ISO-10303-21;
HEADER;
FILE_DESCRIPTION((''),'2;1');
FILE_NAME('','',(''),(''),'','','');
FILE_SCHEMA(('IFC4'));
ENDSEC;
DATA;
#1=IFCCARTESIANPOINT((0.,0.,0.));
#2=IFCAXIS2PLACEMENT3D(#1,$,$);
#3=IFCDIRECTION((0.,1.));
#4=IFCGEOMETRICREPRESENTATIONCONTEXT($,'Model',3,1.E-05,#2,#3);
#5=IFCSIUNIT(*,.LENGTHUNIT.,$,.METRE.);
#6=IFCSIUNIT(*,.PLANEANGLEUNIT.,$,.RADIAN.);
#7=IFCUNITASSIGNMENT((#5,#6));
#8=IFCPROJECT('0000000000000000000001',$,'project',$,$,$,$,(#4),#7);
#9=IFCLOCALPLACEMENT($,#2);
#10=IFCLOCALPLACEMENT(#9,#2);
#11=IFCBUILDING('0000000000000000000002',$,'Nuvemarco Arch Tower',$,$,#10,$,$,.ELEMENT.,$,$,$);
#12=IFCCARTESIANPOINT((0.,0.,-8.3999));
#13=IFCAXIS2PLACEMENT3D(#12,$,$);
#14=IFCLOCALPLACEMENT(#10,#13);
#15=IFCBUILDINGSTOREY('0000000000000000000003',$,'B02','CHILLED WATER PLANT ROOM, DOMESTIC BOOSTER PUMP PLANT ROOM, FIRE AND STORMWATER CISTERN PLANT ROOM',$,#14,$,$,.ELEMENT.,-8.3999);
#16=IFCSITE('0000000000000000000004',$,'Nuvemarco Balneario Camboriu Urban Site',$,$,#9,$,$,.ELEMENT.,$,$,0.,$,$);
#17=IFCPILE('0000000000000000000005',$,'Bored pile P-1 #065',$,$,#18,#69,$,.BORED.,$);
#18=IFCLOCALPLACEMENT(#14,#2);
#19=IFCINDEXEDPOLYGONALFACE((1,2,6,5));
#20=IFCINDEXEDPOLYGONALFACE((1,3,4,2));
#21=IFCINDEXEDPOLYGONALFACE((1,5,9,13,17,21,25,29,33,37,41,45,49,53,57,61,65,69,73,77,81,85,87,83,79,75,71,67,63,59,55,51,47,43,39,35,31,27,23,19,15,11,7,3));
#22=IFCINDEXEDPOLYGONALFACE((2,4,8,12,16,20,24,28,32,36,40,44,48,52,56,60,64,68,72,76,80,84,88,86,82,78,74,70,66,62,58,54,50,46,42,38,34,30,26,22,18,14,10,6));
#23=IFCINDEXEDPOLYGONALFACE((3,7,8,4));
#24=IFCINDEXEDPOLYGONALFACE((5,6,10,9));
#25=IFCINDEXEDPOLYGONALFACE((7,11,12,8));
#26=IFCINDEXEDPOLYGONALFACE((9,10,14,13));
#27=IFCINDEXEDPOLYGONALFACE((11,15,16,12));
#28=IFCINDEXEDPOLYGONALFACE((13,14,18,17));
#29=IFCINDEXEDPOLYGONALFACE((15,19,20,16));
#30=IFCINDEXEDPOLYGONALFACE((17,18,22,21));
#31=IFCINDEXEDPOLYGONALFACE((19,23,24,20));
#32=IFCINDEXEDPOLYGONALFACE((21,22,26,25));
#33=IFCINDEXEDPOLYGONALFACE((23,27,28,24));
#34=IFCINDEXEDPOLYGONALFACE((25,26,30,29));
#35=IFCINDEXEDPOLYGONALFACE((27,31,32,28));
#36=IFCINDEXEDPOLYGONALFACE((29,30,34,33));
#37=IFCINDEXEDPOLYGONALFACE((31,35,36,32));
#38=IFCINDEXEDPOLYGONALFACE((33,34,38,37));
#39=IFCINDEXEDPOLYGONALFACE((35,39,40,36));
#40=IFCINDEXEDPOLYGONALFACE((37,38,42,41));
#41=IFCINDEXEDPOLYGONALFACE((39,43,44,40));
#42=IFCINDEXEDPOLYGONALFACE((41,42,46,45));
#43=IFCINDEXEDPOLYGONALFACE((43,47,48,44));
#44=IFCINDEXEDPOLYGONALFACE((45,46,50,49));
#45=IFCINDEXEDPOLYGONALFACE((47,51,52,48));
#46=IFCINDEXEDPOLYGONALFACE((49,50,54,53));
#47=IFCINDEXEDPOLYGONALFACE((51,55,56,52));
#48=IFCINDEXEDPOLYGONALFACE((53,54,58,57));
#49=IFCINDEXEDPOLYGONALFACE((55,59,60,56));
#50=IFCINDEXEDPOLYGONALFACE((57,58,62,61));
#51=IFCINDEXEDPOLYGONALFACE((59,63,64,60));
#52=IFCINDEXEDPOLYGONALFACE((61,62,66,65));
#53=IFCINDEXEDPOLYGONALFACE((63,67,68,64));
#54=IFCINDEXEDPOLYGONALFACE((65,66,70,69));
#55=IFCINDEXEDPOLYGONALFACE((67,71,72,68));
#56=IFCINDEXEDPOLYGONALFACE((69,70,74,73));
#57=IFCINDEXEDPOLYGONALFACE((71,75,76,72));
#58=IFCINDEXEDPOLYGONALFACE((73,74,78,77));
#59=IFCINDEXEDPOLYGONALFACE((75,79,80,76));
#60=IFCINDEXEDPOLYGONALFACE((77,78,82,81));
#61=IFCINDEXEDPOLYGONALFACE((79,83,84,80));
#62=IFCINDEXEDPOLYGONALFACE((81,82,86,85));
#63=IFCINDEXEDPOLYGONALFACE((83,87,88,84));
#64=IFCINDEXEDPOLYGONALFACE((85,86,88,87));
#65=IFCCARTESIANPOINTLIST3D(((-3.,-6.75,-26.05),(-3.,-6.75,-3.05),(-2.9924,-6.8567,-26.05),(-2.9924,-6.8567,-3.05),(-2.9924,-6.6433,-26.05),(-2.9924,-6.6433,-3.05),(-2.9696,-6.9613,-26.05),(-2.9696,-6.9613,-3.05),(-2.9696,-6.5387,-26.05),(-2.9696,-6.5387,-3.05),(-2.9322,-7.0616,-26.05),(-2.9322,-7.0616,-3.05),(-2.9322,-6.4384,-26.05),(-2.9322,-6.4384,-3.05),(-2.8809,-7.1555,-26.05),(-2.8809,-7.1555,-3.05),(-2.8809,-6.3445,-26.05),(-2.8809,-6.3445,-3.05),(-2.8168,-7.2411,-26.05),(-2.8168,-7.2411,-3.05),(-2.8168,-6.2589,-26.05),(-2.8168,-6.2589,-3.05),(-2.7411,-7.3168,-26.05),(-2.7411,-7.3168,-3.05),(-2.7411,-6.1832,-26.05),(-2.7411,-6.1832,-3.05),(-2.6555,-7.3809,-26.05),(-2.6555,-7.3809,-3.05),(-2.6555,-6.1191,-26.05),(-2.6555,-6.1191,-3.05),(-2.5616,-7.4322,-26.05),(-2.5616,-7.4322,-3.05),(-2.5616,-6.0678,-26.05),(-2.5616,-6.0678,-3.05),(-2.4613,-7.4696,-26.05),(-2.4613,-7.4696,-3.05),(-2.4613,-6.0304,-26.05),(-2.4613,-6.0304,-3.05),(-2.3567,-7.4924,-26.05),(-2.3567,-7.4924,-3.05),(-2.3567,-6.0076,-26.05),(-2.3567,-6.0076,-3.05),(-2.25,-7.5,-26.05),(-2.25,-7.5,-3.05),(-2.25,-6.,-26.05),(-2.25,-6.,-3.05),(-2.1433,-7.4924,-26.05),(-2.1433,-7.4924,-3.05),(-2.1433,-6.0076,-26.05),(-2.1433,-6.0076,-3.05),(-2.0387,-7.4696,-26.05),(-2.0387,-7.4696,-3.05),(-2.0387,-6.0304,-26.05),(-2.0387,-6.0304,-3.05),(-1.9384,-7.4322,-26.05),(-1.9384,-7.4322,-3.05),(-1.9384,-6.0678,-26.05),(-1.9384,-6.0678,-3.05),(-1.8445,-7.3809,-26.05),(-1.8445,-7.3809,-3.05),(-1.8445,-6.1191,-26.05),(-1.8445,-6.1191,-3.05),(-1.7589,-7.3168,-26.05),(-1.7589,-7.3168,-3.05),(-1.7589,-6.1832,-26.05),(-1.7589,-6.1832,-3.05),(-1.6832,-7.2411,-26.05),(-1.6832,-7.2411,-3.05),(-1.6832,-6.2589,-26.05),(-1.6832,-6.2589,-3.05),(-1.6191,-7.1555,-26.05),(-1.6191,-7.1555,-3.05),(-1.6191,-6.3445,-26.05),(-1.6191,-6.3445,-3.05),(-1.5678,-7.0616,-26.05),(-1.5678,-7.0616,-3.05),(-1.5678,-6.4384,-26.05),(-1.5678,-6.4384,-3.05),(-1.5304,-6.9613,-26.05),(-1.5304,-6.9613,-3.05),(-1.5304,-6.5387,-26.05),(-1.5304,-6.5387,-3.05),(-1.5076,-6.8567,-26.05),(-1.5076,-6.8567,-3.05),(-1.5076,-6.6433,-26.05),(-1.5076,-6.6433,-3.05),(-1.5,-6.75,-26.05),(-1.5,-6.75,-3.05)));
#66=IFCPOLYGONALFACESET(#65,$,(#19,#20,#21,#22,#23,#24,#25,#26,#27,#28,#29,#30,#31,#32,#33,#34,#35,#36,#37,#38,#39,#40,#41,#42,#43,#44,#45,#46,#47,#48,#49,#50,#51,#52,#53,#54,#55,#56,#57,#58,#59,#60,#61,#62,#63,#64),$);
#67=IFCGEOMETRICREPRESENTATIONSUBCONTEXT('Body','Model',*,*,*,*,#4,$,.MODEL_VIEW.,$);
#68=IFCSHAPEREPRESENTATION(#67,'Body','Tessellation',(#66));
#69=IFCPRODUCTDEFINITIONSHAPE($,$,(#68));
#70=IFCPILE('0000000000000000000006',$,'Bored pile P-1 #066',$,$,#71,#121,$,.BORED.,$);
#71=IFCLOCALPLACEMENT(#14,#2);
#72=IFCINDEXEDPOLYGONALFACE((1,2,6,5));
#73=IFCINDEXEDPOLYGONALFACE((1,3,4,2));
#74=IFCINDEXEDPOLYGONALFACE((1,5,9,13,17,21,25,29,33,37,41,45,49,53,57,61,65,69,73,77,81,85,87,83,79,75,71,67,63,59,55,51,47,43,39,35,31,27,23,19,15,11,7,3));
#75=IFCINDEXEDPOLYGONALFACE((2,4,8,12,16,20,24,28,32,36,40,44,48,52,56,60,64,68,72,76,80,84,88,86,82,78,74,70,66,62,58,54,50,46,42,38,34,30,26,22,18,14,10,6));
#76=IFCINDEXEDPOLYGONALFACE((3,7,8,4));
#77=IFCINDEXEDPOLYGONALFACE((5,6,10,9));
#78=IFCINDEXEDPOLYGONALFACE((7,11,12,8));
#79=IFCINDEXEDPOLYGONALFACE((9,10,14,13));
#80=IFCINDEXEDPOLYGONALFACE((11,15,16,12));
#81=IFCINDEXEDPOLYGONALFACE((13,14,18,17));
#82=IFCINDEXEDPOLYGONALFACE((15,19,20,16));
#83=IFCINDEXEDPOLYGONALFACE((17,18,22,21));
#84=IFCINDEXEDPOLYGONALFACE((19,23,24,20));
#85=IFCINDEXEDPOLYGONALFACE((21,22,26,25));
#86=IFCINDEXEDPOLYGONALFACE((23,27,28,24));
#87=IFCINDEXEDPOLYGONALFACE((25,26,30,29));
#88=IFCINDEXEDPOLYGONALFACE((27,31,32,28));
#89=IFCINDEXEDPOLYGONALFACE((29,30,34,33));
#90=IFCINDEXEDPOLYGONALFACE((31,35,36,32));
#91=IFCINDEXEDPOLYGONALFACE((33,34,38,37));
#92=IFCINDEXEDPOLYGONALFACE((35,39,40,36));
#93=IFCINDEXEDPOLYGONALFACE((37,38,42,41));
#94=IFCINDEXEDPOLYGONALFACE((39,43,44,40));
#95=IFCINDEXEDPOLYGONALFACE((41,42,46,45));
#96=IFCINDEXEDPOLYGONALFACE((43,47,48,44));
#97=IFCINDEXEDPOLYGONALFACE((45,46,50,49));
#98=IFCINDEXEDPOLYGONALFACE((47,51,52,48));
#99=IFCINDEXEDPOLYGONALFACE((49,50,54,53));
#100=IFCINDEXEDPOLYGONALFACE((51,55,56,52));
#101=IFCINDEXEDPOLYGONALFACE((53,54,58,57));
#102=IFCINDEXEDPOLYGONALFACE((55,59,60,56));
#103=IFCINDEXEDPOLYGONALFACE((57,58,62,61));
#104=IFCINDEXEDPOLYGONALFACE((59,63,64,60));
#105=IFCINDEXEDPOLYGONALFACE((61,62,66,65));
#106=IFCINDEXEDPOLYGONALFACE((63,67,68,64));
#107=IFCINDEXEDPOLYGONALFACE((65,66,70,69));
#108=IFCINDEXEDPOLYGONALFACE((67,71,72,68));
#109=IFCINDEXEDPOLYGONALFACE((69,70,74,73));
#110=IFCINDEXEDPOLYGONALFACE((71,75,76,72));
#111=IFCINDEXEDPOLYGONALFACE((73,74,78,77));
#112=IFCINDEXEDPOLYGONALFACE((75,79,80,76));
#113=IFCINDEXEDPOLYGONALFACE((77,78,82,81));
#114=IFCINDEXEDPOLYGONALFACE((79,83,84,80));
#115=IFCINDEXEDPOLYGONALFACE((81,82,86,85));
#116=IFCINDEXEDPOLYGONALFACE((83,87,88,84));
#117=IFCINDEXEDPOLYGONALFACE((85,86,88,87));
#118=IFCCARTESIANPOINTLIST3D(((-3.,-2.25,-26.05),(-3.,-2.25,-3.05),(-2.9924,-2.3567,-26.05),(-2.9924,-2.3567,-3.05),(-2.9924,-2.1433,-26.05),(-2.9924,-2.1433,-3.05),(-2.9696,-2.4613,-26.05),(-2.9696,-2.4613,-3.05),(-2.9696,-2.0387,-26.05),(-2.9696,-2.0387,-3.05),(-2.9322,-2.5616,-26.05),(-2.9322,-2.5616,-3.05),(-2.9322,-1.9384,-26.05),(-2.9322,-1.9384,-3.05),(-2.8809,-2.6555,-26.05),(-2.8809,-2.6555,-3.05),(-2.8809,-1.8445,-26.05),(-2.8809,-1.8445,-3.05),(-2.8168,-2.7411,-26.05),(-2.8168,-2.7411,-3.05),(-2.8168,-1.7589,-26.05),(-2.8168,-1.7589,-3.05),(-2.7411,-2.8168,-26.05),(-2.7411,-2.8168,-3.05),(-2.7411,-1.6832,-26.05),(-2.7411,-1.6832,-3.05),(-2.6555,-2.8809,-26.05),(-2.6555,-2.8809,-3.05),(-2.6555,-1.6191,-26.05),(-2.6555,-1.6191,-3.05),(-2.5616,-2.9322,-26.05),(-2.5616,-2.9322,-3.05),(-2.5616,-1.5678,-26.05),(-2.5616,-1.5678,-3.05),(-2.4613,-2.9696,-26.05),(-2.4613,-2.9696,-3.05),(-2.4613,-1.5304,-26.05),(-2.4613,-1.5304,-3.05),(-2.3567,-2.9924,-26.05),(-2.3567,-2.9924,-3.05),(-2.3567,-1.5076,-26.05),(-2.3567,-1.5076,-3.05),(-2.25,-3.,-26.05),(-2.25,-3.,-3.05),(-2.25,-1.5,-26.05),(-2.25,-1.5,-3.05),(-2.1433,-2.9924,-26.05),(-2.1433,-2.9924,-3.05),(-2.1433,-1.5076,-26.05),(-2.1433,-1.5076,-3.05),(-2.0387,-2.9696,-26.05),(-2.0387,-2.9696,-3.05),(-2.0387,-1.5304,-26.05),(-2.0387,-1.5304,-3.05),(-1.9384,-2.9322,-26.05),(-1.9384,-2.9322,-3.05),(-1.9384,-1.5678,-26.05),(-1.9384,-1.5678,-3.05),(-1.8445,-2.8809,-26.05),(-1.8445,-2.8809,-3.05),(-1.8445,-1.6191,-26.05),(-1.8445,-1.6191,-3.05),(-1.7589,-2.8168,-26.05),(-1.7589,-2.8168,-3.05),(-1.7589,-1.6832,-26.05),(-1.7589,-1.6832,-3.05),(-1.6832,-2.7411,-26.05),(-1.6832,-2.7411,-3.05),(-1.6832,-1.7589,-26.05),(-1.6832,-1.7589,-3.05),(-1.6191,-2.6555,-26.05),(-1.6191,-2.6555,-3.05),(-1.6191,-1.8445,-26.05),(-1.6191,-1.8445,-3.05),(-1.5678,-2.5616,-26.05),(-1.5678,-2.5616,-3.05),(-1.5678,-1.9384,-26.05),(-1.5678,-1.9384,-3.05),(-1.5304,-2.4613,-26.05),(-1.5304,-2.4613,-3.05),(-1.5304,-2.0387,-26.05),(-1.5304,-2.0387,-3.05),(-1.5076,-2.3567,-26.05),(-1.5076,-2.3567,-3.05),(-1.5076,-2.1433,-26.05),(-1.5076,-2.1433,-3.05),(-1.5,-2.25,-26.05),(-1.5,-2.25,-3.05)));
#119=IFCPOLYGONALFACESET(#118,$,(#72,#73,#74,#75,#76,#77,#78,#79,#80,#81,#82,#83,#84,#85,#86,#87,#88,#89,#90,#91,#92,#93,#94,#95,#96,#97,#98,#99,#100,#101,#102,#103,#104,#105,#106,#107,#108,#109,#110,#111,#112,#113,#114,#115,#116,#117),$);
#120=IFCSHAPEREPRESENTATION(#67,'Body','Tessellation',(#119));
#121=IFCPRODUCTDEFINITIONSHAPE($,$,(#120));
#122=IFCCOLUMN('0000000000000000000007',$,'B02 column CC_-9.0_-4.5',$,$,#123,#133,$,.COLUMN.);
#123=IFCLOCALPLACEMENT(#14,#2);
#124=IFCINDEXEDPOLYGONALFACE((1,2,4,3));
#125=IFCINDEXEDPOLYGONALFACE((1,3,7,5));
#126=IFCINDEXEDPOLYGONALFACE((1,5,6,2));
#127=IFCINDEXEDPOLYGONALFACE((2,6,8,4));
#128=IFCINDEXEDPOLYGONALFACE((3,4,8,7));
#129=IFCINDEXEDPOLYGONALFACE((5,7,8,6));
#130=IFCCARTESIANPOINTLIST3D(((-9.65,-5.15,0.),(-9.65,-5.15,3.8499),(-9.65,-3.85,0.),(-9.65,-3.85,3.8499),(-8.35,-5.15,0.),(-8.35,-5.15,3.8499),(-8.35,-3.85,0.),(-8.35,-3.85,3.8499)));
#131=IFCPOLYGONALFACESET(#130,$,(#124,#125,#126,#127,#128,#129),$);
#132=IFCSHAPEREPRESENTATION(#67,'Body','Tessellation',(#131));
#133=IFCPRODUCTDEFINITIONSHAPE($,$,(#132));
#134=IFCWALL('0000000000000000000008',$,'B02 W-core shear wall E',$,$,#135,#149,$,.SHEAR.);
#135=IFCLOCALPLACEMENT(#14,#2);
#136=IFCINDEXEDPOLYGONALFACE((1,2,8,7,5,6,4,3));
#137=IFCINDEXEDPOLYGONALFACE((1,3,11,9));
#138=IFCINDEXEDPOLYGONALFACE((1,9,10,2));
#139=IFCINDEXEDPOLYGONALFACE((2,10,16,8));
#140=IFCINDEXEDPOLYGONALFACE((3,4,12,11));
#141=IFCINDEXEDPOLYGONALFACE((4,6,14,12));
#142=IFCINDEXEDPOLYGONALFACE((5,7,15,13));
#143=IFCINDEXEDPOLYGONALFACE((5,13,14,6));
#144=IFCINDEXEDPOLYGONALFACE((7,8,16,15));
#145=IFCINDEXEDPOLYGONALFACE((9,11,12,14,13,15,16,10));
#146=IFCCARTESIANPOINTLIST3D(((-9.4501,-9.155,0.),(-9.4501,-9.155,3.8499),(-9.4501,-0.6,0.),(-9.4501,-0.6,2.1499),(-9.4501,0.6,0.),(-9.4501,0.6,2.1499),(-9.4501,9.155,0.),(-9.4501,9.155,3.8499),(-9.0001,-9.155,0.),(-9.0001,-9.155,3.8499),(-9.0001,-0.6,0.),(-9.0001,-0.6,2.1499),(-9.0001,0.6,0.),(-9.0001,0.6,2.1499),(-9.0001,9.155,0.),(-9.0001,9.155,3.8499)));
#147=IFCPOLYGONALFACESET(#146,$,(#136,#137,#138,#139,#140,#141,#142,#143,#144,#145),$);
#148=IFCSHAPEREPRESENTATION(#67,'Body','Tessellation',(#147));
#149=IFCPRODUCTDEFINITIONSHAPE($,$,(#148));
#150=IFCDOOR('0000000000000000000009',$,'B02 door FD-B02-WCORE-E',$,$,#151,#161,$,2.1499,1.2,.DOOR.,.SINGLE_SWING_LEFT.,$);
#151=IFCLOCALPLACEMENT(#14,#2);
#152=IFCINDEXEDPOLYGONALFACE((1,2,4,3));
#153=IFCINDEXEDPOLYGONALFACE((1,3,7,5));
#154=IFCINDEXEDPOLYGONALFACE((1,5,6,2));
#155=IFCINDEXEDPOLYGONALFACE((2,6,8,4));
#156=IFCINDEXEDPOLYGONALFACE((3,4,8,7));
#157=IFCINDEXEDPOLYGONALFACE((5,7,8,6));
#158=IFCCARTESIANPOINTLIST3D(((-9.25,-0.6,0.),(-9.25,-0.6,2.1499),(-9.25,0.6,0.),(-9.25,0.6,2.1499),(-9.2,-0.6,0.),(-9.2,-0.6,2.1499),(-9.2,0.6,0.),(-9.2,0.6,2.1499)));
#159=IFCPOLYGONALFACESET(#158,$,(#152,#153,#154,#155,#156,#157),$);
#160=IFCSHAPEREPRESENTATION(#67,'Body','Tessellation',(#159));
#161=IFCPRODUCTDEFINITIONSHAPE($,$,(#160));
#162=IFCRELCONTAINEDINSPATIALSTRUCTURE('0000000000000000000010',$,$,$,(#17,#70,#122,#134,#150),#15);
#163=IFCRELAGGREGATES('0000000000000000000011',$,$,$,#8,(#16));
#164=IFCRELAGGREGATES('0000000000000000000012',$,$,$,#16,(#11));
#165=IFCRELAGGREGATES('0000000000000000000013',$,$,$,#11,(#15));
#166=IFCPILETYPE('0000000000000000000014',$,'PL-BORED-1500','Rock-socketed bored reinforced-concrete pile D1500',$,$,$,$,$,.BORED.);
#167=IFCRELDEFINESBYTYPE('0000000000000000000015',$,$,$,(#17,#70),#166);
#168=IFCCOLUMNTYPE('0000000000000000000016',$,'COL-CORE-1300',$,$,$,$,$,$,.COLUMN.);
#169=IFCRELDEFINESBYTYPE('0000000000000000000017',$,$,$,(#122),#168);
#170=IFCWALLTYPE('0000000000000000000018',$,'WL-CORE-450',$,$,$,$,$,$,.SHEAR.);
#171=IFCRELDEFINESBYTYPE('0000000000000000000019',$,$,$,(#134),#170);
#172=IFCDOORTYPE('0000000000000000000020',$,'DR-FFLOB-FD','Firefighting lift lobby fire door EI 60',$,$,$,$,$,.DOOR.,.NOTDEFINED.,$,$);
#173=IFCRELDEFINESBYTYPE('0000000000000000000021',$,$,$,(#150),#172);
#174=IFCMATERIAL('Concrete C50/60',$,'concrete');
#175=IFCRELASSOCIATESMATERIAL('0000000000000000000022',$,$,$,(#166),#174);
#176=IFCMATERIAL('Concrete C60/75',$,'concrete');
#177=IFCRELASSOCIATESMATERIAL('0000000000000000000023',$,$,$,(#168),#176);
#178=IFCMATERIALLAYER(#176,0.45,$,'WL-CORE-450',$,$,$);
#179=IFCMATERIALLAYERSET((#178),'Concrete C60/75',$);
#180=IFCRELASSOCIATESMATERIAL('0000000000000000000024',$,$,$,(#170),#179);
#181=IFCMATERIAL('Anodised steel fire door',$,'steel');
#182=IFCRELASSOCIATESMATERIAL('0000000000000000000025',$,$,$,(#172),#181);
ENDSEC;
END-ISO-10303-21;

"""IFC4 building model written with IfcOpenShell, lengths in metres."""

from ifc_helpers import new_model, si_unit, direction, frame, frame_2d, origin, origin_2d, place, context, subcontext, project, spatial, rectangle, circle, extrude, source, transform, mapped, material, layer, layer_set, material_profile, profile_set, type_object, type_shapes, element, fill, save


model = new_model("IFC4")

# Units and contexts
model_context = context("Model", 3, precision=1e-05, world=origin(), true_north=direction((0.0, 1.0)))
body_context = subcontext(model_context, "Body", "Model", "MODEL_VIEW")
ifc_project = project(units=[si_unit("LENGTHUNIT", "METRE"), si_unit("PLANEANGLEUNIT", "RADIAN")], contexts=[model_context])

# Site, building, storey
site_placement = place(None, origin())
site = spatial("IfcSite", under=ifc_project, at=site_placement, Name="Nuvemarco Balneario Camboriu Urban Site", CompositionType="ELEMENT", RefElevation=0.0)
building_placement = place(site_placement, origin())
building = spatial("IfcBuilding", under=site, at=building_placement, Name="Nuvemarco Arch Tower", CompositionType="ELEMENT")
storey_placement = place(building_placement, frame((0.0, 0.0, -8.3999)))
storey = spatial("IfcBuildingStorey", under=building, at=storey_placement, Name="B02", Description="CHILLED WATER PLANT ROOM, DOMESTIC BOOSTER PUMP PLANT ROOM, FIRE AND STORMWATER CISTERN PLANT ROOM", CompositionType="ELEMENT", Elevation=-8.3999)

# Piles
ifc_material_1 = material(Name="Concrete C50/60", Category="concrete")
ifc_material_profile_1 = material_profile(ifc_material_1, circle(Radius=0.75, at=origin_2d()), Name="PILE-D1500")
ifc_profile_set_1 = profile_set([ifc_material_profile_1], Name="Concrete C50/60")
pile_type = type_object("IfcPileType", Name="PL-BORED-1500", Description="Rock-socketed bored reinforced-concrete pile D1500", PredefinedType="BORED", material=ifc_profile_set_1)
for number, where, z_axis, x_axis, name in (
    (1, (-2.25, -6.75, -3.05), (0.0, 0.0, -1.0), (1.0, 0.0, 0.0), "Bored pile P-1 #065"),
    (2, (-2.25, -2.25, -3.05), (0.0, 0.0, -1.0), (1.0, 0.0, 0.0), "Bored pile P-1 #066"),
):
    element("IfcPile", number, at=place(storey_placement, frame(where, z_axis=z_axis, x_axis=x_axis)), inside=storey, type_object=pile_type, Name=name, PredefinedType="BORED", context=body_context, shape_type="SweptSolid", body=[
        extrude(circle(Radius=0.75, at=origin_2d()), origin(), (0.0, 0.0, 1.0), 23.0),
    ])

# Column
ifc_material_2 = material(Name="Concrete C60/75", Category="concrete")
ifc_material_profile_2 = material_profile(ifc_material_2, rectangle(XDim=1.3, YDim=1.3, at=origin_2d()), Name="RC-COL-1300x1300")
ifc_profile_set_2 = profile_set([ifc_material_profile_2], Name="Concrete C60/75")
column_type = type_object("IfcColumnType", Name="COL-CORE-1300", PredefinedType="COLUMN", material=ifc_profile_set_2)
column_placement = place(storey_placement, frame((-9.0, -4.5, 0.0), z_axis=(0.0, 0.0, 1.0), x_axis=(1.0, 0.0, 0.0)))
element("IfcColumn", 3, at=column_placement, inside=storey, type_object=column_type, Name="B02 column CC_-9.0_-4.5", PredefinedType="COLUMN", context=body_context, shape_type="SweptSolid", body=[
    extrude(rectangle(XDim=1.3, YDim=1.3, at=origin_2d()), origin(), (0.0, 0.0, 1.0), 3.8499),
])

# Wall, opening, door
ifc_layer_1 = layer(ifc_material_2, 0.45, Name="WL-CORE-450")
ifc_layer_set_1 = layer_set([ifc_layer_1], Name="Concrete C60/75")
wall_type_1 = type_object("IfcWallType", Name="WL-CORE-450", PredefinedType="SHEAR", material=ifc_layer_set_1)
wall_1_placement = place(storey_placement, frame((-9.2251, -9.155, 0.0), z_axis=(0.0, 0.0, 1.0), x_axis=(0.0, 1.0, 0.0)))
wall_1 = element("IfcWall", 4, at=wall_1_placement, inside=storey, type_object=wall_type_1, Name="B02 W-core shear wall E", PredefinedType="SHEAR", context=body_context, shape_type="SweptSolid", body=[
    extrude(rectangle(XDim=18.3101, YDim=0.45, at=frame_2d((9.155, 0.0))), origin(), (0.0, 0.0, 1.0), 3.8499),
])
opening_1_placement = place(wall_1_placement, frame((8.5549, 0.0, 0.0)))
opening_1 = element("IfcOpeningElement", 5, at=opening_1_placement, cuts=wall_1, PredefinedType="OPENING", context=body_context, shape_type="SweptSolid", body=[
    extrude(rectangle(XDim=1.2, YDim=2.1499, at=frame_2d((0.6001, 1.075))), frame((0.0, 0.2349, 0.0), z_axis=(0.0, -1.0, 0.0), x_axis=(1.0, 0.0, 0.0)), (0.0, 0.0, 1.0), 0.47),
])
ifc_material_3 = material(Name="Anodised steel fire door", Category="steel")
door_type_1 = type_object("IfcDoorType", Name="DR-FFLOB-FD", Description="Firefighting lift lobby fire door EI 60", OperationType="NOTDEFINED", PredefinedType="DOOR", material=ifc_material_3)
shared_shape_1 = source(origin(), body_context, "Body", "SweptSolid", [
    extrude(rectangle(XDim=1.2, YDim=2.1499, at=frame_2d((0.6001, 1.075))), frame((0.0, 0.0249, 0.0), z_axis=(0.0, -1.0, 0.0), x_axis=(1.0, 0.0, 0.0)), (0.0, 0.0, 1.0), 0.05),
])
type_shapes(door_type_1, [shared_shape_1])
door_1_placement = place(opening_1_placement, origin())
door_1 = element("IfcDoor", 6, at=door_1_placement, inside=storey, type_object=door_type_1, Name="B02 door FD-B02-WCORE-E", OperationType="SINGLE_SWING_LEFT", OverallHeight=2.1499, OverallWidth=1.2, PredefinedType="DOOR", context=body_context, shape_type="MappedRepresentation", body=[
    mapped(shared_shape_1, transform((0.0, 0.0, 0.0), scale=1.0)),
])
fill(opening_1, door_1)

save(model, "model.ifc")
